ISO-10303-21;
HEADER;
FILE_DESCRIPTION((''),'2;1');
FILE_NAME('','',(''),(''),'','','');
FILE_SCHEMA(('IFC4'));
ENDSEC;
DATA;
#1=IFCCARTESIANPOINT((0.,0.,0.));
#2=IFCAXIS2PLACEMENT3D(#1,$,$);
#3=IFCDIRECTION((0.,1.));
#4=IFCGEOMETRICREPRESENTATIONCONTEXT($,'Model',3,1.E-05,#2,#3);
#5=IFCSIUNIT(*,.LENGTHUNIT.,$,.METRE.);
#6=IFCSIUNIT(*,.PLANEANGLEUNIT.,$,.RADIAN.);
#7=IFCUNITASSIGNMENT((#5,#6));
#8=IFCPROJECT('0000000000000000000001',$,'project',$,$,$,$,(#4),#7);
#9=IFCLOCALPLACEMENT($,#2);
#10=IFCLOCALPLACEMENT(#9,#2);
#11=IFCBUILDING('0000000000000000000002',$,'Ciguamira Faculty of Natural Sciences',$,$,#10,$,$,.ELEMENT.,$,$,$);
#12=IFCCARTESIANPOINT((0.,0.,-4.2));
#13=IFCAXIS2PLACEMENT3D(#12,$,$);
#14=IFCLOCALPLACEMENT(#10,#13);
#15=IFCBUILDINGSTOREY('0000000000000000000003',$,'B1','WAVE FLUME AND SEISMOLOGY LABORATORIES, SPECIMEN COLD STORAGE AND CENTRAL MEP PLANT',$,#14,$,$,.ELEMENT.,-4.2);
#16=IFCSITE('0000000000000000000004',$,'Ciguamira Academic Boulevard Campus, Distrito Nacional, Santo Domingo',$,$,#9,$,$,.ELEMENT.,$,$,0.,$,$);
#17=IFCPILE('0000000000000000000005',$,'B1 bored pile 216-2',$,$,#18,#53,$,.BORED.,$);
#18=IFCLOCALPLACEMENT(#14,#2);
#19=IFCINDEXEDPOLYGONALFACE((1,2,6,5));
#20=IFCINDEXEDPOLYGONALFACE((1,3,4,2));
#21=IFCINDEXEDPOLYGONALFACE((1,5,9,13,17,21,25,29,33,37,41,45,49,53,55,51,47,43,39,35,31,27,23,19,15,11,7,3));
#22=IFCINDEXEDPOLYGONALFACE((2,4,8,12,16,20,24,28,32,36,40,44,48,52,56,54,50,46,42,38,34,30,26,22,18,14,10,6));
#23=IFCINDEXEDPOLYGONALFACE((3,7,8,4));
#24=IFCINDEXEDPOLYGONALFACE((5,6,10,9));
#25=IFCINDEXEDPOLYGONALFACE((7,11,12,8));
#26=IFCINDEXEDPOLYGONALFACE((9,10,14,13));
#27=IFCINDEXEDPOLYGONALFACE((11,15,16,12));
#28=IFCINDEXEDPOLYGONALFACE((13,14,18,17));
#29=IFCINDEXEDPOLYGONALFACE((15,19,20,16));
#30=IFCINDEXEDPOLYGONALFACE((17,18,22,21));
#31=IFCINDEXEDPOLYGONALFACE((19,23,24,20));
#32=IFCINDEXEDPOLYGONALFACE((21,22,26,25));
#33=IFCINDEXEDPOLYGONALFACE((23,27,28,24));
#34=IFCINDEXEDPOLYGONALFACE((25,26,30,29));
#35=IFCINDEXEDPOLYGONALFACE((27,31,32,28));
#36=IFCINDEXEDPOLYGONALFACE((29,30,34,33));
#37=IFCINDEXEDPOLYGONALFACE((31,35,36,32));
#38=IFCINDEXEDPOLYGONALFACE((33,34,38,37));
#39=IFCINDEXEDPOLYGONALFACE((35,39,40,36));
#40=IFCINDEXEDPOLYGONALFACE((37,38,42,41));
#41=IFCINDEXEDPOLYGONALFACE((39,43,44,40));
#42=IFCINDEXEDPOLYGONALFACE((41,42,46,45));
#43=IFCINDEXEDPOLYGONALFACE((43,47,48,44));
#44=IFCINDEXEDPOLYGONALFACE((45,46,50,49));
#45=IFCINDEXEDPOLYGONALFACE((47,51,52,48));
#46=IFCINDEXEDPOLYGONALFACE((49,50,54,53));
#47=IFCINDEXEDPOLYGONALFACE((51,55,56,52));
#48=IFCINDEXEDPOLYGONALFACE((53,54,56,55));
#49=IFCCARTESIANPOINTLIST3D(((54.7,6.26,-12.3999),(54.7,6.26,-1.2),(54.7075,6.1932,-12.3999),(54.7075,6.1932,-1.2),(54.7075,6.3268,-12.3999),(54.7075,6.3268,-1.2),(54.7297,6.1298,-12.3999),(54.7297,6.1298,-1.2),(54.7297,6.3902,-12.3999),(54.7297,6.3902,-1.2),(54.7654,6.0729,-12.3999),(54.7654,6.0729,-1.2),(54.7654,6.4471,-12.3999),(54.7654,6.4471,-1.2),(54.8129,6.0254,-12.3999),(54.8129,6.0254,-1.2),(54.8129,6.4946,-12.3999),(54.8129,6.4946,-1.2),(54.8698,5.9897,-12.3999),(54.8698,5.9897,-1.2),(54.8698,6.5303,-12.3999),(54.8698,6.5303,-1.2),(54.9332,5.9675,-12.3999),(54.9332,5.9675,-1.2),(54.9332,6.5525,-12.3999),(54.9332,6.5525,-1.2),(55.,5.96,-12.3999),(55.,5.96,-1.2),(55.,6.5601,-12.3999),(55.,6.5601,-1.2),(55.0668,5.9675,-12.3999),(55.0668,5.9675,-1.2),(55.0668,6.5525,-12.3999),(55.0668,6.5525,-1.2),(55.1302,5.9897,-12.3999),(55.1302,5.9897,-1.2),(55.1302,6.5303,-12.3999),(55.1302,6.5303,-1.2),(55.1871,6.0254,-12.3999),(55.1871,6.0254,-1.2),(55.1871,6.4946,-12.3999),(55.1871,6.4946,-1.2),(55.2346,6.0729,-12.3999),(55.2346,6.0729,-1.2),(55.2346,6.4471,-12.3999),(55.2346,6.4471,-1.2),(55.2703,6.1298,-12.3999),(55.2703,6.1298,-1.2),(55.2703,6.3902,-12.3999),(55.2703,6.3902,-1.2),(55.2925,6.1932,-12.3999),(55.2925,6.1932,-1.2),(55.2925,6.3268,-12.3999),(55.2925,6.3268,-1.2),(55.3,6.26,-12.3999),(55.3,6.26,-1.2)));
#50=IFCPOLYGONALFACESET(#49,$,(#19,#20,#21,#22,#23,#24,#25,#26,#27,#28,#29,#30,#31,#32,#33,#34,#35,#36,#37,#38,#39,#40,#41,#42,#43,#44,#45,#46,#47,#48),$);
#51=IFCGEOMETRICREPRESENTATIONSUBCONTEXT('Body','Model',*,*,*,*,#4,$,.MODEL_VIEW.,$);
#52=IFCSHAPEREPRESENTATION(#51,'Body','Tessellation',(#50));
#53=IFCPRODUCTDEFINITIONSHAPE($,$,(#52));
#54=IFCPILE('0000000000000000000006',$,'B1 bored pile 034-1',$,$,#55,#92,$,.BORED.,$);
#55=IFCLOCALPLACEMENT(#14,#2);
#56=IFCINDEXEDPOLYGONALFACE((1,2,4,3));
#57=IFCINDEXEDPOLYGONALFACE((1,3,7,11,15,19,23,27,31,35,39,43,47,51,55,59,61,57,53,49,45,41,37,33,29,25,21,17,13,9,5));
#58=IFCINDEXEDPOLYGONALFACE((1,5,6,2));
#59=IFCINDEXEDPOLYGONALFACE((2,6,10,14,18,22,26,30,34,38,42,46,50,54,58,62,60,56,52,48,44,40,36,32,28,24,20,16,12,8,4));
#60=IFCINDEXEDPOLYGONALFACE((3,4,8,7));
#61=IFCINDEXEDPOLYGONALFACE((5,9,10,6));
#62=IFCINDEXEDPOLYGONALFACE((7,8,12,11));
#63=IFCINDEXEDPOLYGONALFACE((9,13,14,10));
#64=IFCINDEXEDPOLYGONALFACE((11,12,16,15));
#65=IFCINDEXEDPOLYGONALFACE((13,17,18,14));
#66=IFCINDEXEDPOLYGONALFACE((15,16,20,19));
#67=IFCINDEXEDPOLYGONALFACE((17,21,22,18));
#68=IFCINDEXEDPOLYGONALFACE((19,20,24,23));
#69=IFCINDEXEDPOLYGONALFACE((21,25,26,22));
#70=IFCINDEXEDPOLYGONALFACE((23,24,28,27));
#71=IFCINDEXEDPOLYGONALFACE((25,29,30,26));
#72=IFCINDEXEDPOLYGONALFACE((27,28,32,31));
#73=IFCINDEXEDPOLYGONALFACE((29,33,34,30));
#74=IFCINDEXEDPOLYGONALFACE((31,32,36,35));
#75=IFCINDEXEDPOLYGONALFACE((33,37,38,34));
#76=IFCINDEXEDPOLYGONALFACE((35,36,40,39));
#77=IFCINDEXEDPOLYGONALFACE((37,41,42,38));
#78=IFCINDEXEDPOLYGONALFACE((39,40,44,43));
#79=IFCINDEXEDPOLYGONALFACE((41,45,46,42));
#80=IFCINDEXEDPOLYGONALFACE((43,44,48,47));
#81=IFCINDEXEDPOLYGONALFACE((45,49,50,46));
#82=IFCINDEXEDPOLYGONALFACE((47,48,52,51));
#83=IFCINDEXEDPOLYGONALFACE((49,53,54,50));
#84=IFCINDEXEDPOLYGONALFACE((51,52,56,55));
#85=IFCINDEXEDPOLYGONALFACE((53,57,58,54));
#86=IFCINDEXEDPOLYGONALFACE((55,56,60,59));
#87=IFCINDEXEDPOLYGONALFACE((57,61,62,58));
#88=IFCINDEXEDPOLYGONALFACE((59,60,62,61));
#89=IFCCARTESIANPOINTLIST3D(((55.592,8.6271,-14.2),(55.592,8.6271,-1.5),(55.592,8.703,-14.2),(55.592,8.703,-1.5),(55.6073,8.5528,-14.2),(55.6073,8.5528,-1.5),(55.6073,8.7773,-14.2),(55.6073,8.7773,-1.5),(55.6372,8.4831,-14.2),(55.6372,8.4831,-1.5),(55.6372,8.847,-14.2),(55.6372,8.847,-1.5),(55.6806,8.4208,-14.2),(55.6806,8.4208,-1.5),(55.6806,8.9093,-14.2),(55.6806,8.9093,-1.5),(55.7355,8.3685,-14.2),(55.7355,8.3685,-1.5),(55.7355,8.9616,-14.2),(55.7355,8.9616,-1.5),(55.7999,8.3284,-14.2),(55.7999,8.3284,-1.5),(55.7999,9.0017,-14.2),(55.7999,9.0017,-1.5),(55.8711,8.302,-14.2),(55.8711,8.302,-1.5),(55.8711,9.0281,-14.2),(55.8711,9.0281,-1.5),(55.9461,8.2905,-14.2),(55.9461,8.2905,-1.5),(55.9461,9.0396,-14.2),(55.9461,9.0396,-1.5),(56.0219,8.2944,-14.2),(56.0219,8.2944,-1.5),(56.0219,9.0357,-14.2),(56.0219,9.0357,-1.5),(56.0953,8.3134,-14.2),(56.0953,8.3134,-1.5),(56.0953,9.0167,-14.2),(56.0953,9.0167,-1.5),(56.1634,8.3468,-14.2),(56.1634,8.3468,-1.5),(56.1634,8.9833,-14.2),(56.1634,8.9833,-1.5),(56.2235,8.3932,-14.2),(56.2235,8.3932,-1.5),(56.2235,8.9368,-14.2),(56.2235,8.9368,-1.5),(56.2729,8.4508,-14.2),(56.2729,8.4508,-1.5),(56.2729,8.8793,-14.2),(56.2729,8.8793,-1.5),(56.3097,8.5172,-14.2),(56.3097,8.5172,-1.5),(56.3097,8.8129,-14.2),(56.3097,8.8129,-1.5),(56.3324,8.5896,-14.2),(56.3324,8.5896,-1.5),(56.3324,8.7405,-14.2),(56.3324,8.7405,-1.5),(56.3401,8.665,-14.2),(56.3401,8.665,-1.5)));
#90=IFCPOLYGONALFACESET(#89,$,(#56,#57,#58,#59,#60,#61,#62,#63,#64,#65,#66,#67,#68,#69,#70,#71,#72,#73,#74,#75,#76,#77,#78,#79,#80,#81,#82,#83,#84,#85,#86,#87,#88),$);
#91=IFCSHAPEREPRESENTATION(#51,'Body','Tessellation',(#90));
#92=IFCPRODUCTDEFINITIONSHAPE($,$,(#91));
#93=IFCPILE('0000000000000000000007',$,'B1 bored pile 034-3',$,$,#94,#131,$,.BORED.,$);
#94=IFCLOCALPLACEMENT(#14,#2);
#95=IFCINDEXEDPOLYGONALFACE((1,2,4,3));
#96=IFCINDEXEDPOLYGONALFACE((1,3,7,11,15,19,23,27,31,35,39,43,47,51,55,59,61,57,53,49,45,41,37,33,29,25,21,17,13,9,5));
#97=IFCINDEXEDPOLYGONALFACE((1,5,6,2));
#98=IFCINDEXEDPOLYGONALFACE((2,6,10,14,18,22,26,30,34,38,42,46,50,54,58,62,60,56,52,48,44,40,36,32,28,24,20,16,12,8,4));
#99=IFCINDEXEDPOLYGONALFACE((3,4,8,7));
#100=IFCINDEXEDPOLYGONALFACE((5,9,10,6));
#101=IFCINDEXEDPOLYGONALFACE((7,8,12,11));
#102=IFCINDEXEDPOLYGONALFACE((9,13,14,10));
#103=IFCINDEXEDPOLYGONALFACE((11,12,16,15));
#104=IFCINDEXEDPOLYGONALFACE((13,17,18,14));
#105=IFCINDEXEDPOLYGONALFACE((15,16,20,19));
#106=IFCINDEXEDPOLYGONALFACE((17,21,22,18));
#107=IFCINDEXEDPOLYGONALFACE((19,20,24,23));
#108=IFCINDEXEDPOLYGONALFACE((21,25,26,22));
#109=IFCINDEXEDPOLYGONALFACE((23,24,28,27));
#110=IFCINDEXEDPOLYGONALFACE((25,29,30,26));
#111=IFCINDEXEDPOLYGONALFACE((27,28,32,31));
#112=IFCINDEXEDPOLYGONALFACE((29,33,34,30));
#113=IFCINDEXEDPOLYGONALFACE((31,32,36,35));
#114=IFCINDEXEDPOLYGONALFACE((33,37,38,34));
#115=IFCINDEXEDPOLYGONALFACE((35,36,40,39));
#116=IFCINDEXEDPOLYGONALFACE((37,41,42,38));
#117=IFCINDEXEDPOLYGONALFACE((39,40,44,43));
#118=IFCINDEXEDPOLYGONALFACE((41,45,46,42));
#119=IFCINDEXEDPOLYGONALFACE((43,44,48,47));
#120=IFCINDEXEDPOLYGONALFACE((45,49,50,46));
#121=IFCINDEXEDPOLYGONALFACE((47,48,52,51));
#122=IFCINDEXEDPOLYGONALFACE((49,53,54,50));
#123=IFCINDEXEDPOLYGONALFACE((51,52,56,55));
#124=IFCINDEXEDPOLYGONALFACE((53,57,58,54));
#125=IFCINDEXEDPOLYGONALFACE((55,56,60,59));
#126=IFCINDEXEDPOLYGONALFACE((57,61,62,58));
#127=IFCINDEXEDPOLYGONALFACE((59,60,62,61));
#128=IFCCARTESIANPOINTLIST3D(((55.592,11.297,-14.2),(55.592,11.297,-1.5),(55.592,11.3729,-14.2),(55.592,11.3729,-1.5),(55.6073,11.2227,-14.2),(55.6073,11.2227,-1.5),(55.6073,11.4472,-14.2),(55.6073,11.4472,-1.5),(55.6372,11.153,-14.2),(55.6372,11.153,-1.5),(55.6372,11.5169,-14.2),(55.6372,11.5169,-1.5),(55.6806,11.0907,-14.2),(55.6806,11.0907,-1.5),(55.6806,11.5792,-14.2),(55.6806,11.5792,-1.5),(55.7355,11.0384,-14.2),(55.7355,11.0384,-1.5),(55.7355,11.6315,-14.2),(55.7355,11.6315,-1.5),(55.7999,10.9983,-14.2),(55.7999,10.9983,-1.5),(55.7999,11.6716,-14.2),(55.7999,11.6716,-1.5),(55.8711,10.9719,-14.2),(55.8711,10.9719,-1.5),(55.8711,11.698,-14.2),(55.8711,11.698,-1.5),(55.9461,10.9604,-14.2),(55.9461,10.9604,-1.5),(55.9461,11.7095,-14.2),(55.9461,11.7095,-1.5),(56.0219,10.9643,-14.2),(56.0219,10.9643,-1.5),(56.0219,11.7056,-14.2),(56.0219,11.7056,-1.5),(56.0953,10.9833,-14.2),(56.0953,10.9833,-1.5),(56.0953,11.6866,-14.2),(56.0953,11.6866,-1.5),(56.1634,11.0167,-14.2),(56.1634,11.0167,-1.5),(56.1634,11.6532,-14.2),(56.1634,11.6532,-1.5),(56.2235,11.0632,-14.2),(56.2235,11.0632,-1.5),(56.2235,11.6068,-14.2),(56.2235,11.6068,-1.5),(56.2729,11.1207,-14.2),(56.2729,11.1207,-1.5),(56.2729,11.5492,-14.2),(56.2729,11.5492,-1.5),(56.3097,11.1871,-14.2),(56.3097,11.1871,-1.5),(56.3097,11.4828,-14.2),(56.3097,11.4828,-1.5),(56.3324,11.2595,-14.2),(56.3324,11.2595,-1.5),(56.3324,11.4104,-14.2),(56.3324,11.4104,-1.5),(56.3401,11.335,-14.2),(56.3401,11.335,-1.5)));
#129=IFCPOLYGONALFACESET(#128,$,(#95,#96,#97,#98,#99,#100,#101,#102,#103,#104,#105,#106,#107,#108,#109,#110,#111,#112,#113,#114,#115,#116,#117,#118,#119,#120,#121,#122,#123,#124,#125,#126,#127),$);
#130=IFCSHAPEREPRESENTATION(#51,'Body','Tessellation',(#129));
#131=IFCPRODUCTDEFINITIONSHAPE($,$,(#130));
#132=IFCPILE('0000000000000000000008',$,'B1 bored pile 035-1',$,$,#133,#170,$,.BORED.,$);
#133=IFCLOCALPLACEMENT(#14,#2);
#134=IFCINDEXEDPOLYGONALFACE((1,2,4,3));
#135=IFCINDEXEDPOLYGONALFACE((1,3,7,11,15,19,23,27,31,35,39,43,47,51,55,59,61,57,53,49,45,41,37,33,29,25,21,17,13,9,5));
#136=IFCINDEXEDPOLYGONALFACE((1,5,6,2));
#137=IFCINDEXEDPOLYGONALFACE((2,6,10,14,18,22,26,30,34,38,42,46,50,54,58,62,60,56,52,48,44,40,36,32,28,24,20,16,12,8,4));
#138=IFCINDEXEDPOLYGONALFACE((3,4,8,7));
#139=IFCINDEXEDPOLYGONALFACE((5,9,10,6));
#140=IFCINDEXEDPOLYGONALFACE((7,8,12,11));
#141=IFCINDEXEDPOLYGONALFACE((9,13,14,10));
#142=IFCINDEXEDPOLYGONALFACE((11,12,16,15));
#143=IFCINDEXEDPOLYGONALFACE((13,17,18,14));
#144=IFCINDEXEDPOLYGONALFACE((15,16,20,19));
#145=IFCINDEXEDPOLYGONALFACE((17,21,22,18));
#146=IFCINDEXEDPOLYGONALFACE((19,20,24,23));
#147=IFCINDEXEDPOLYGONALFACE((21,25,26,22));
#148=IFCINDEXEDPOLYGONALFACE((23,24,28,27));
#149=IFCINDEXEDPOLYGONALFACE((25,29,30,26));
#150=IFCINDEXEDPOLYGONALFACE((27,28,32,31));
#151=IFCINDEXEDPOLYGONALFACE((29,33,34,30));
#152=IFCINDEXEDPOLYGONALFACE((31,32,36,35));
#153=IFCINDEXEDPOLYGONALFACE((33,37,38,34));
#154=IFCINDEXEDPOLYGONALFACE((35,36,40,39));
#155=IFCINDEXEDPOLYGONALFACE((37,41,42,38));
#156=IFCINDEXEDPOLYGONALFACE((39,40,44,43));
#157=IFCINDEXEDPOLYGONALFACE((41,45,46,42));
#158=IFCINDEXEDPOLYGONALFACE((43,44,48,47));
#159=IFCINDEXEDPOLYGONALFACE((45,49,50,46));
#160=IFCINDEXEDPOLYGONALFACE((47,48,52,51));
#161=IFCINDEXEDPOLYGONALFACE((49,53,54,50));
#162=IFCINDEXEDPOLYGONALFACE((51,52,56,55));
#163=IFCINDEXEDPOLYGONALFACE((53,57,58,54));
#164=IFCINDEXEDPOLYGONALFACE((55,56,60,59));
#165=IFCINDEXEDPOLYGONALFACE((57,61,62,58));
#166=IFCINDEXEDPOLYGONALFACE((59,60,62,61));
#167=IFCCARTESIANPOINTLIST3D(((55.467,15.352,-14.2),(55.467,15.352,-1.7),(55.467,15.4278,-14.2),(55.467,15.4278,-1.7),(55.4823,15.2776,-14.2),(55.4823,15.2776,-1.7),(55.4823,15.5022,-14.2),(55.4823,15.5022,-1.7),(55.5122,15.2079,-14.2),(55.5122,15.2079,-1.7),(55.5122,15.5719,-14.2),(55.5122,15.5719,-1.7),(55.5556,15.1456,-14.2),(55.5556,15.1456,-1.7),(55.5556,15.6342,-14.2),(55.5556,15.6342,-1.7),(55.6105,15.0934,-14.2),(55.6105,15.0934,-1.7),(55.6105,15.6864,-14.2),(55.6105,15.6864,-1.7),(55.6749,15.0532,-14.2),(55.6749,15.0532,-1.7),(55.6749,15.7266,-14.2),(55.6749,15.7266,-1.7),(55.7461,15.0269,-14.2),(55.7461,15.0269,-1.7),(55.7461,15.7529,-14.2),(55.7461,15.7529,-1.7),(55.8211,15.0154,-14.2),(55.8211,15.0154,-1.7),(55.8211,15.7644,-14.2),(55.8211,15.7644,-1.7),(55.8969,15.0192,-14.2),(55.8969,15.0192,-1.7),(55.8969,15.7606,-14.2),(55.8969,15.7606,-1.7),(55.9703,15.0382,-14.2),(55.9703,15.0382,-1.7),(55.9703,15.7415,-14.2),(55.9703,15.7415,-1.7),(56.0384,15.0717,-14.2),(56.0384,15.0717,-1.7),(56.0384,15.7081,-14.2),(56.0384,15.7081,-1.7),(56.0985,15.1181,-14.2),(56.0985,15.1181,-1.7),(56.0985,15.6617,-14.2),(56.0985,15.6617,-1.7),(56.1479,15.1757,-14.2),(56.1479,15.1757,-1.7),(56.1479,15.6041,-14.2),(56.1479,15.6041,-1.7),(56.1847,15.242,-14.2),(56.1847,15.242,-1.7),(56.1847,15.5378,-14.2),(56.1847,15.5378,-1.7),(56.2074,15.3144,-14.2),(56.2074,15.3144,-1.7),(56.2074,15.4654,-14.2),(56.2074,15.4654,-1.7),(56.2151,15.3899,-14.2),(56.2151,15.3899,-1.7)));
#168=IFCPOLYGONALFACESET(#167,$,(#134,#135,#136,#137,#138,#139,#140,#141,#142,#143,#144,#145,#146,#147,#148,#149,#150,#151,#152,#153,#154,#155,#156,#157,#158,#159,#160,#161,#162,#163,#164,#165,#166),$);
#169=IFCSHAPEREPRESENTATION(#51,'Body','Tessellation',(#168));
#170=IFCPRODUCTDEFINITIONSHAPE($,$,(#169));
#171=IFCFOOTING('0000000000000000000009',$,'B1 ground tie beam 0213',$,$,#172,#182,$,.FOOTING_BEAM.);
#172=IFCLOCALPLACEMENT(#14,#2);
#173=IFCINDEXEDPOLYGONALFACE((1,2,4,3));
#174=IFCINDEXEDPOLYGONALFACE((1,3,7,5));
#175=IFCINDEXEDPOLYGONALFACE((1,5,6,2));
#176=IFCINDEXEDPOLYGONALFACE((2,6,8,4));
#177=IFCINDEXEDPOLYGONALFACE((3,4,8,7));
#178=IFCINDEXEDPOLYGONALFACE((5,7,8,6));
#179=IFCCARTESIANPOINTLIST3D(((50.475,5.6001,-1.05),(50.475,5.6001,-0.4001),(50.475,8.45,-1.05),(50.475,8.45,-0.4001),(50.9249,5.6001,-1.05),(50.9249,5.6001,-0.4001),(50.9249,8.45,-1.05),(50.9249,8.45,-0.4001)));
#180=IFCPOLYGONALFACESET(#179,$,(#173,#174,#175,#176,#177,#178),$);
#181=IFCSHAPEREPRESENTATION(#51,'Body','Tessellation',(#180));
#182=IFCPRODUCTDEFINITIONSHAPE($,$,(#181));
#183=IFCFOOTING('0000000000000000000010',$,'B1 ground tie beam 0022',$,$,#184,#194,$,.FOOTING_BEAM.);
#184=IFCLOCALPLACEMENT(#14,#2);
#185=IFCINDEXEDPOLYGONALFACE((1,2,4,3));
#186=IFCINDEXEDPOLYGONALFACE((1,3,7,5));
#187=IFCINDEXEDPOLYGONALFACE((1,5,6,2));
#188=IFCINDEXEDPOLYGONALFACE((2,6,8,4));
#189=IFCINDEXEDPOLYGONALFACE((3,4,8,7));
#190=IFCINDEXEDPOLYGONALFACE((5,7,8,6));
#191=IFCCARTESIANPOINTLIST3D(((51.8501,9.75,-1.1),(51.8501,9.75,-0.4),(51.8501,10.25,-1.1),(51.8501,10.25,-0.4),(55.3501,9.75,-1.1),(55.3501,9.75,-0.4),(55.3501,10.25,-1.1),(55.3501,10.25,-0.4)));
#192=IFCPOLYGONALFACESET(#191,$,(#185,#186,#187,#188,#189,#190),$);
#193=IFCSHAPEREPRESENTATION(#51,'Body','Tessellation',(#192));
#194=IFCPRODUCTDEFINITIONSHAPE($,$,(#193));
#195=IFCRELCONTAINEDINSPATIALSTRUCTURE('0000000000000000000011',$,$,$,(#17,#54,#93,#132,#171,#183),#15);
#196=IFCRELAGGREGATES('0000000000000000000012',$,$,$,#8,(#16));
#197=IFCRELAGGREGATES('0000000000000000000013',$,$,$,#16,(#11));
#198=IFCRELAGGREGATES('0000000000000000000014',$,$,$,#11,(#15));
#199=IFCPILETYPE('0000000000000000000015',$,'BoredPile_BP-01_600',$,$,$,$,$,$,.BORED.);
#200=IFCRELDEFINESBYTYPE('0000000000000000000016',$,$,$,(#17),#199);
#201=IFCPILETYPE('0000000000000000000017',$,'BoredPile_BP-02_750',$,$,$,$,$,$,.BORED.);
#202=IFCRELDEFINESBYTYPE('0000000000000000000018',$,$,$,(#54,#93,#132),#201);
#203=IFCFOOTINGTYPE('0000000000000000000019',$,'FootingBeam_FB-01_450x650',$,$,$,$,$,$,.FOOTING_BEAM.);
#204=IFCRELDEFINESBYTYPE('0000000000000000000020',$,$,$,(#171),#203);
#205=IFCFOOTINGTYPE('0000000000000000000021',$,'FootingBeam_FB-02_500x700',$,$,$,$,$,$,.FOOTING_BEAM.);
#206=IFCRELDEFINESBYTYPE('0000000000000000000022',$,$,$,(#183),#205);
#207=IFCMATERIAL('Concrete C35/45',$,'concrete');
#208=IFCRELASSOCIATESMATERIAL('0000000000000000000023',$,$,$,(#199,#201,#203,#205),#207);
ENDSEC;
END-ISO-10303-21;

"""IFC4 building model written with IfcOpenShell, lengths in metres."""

from ifc_helpers import new_model, si_unit, direction, frame, origin, origin_2d, place, context, subcontext, project, spatial, rectangle, circle, extrude, material, material_profile, profile_set, type_object, element, save


model = new_model("IFC4")

# Units and contexts
model_context = context("Model", 3, precision=1e-05, world=origin(), true_north=direction((0.0, 1.0)))
body_context = subcontext(model_context, "Body", "Model", "MODEL_VIEW")
ifc_project = project(units=[si_unit("LENGTHUNIT", "METRE"), si_unit("PLANEANGLEUNIT", "RADIAN")], contexts=[model_context])

# Site, building, storey
site_placement = place(None, origin())
site = spatial("IfcSite", under=ifc_project, at=site_placement, Name="Ciguamira Academic Boulevard Campus, Distrito Nacional, Santo Domingo", CompositionType="ELEMENT", RefElevation=0.0)
building_placement = place(site_placement, origin())
building = spatial("IfcBuilding", under=site, at=building_placement, Name="Ciguamira Faculty of Natural Sciences", CompositionType="ELEMENT")
storey_placement = place(building_placement, frame((0.0, 0.0, -4.2)))
storey = spatial("IfcBuildingStorey", under=building, at=storey_placement, Name="B1", Description="WAVE FLUME AND SEISMOLOGY LABORATORIES, SPECIMEN COLD STORAGE AND CENTRAL MEP PLANT", CompositionType="ELEMENT", Elevation=-4.2)

# Piles
ifc_material_1 = material(Name="Concrete C35/45", Category="concrete")
ifc_material_profile_1 = material_profile(ifc_material_1, circle(Radius=0.3, at=origin_2d()), Name="PILE-BORED-600")
ifc_profile_set_1 = profile_set([ifc_material_profile_1], Name="Concrete C35/45")
pile_type_1 = type_object("IfcPileType", Name="BoredPile_BP-01_600", PredefinedType="BORED", material=ifc_profile_set_1)
for number, where, z_axis, x_axis, name in (
    (1, (55.0, 6.26, -1.2), (0.0, 0.0, -1.0), (1.0, 0.0, 0.0), "B1 bored pile 216-2"),
):
    element("IfcPile", number, at=place(storey_placement, frame(where, z_axis=z_axis, x_axis=x_axis)), inside=storey, type_object=pile_type_1, Name=name, PredefinedType="BORED", context=body_context, shape_type="SweptSolid", body=[
        extrude(circle(Radius=0.3, at=origin_2d()), origin(), (0.0, 0.0, 1.0), 11.2),
    ])
ifc_material_profile_2 = material_profile(ifc_material_1, circle(Radius=0.375, at=origin_2d()), Name="PILE-BORED-750")
ifc_profile_set_2 = profile_set([ifc_material_profile_2], Name="Concrete C35/45")
pile_type_2 = type_object("IfcPileType", Name="BoredPile_BP-02_750", PredefinedType="BORED", material=ifc_profile_set_2)
for number, where, z_axis, x_axis, name in (
    (2, (55.9651, 8.665, -1.5), (0.0, 0.0, -1.0), (1.0, 0.0, 0.0), "B1 bored pile 034-1"),
    (3, (55.9651, 11.335, -1.5), (0.0, 0.0, -1.0), (1.0, 0.0, 0.0), "B1 bored pile 034-3"),
):
    element("IfcPile", number, at=place(storey_placement, frame(where, z_axis=z_axis, x_axis=x_axis)), inside=storey, type_object=pile_type_2, Name=name, PredefinedType="BORED", context=body_context, shape_type="SweptSolid", body=[
        extrude(circle(Radius=0.375, at=origin_2d()), origin(), (0.0, 0.0, 1.0), 12.7),
    ])
pile_1_placement = place(storey_placement, frame((55.8401, 15.3899, -1.7), z_axis=(0.0, 0.0, -1.0), x_axis=(1.0, 0.0, 0.0)))
element("IfcPile", 4, at=pile_1_placement, inside=storey, type_object=pile_type_2, Name="B1 bored pile 035-1", PredefinedType="BORED", context=body_context, shape_type="SweptSolid", body=[
    extrude(circle(Radius=0.375, at=origin_2d()), origin(), (0.0, 0.0, 1.0), 12.5),
])

# Footings
ifc_material_profile_3 = material_profile(ifc_material_1, rectangle(XDim=0.45, YDim=0.6499, at=origin_2d()), Name="RC-FB-450X650")
ifc_profile_set_3 = profile_set([ifc_material_profile_3], Name="Concrete C35/45")
footing_type_1 = type_object("IfcFootingType", Name="FootingBeam_FB-01_450x650", PredefinedType="FOOTING_BEAM", material=ifc_profile_set_3)
footing_1_placement = place(storey_placement, frame((50.7, 5.6001, -0.7251), z_axis=(0.0, 1.0, 0.0), x_axis=(-1.0, 0.0, 0.0)))
element("IfcFooting", 5, at=footing_1_placement, inside=storey, type_object=footing_type_1, Name="B1 ground tie beam 0213", PredefinedType="FOOTING_BEAM", context=body_context, shape_type="SweptSolid", body=[
    extrude(rectangle(XDim=0.45, YDim=0.6499, at=origin_2d()), origin(), (0.0, 0.0, 1.0), 2.8499),
])
ifc_material_profile_4 = material_profile(ifc_material_1, rectangle(XDim=0.5, YDim=0.7, at=origin_2d()), Name="RC-FB-500X700")
ifc_profile_set_4 = profile_set([ifc_material_profile_4], Name="Concrete C35/45")
footing_type_2 = type_object("IfcFootingType", Name="FootingBeam_FB-02_500x700", PredefinedType="FOOTING_BEAM", material=ifc_profile_set_4)
footing_2_placement = place(storey_placement, frame((51.8501, 10.0, -0.75), z_axis=(1.0, 0.0, 0.0), x_axis=(0.0, 1.0, 0.0)))
element("IfcFooting", 6, at=footing_2_placement, inside=storey, type_object=footing_type_2, Name="B1 ground tie beam 0022", PredefinedType="FOOTING_BEAM", context=body_context, shape_type="SweptSolid", body=[
    extrude(rectangle(XDim=0.5, YDim=0.7, at=origin_2d()), origin(), (0.0, 0.0, 1.0), 3.5),
])

save(model, "model.ifc")
